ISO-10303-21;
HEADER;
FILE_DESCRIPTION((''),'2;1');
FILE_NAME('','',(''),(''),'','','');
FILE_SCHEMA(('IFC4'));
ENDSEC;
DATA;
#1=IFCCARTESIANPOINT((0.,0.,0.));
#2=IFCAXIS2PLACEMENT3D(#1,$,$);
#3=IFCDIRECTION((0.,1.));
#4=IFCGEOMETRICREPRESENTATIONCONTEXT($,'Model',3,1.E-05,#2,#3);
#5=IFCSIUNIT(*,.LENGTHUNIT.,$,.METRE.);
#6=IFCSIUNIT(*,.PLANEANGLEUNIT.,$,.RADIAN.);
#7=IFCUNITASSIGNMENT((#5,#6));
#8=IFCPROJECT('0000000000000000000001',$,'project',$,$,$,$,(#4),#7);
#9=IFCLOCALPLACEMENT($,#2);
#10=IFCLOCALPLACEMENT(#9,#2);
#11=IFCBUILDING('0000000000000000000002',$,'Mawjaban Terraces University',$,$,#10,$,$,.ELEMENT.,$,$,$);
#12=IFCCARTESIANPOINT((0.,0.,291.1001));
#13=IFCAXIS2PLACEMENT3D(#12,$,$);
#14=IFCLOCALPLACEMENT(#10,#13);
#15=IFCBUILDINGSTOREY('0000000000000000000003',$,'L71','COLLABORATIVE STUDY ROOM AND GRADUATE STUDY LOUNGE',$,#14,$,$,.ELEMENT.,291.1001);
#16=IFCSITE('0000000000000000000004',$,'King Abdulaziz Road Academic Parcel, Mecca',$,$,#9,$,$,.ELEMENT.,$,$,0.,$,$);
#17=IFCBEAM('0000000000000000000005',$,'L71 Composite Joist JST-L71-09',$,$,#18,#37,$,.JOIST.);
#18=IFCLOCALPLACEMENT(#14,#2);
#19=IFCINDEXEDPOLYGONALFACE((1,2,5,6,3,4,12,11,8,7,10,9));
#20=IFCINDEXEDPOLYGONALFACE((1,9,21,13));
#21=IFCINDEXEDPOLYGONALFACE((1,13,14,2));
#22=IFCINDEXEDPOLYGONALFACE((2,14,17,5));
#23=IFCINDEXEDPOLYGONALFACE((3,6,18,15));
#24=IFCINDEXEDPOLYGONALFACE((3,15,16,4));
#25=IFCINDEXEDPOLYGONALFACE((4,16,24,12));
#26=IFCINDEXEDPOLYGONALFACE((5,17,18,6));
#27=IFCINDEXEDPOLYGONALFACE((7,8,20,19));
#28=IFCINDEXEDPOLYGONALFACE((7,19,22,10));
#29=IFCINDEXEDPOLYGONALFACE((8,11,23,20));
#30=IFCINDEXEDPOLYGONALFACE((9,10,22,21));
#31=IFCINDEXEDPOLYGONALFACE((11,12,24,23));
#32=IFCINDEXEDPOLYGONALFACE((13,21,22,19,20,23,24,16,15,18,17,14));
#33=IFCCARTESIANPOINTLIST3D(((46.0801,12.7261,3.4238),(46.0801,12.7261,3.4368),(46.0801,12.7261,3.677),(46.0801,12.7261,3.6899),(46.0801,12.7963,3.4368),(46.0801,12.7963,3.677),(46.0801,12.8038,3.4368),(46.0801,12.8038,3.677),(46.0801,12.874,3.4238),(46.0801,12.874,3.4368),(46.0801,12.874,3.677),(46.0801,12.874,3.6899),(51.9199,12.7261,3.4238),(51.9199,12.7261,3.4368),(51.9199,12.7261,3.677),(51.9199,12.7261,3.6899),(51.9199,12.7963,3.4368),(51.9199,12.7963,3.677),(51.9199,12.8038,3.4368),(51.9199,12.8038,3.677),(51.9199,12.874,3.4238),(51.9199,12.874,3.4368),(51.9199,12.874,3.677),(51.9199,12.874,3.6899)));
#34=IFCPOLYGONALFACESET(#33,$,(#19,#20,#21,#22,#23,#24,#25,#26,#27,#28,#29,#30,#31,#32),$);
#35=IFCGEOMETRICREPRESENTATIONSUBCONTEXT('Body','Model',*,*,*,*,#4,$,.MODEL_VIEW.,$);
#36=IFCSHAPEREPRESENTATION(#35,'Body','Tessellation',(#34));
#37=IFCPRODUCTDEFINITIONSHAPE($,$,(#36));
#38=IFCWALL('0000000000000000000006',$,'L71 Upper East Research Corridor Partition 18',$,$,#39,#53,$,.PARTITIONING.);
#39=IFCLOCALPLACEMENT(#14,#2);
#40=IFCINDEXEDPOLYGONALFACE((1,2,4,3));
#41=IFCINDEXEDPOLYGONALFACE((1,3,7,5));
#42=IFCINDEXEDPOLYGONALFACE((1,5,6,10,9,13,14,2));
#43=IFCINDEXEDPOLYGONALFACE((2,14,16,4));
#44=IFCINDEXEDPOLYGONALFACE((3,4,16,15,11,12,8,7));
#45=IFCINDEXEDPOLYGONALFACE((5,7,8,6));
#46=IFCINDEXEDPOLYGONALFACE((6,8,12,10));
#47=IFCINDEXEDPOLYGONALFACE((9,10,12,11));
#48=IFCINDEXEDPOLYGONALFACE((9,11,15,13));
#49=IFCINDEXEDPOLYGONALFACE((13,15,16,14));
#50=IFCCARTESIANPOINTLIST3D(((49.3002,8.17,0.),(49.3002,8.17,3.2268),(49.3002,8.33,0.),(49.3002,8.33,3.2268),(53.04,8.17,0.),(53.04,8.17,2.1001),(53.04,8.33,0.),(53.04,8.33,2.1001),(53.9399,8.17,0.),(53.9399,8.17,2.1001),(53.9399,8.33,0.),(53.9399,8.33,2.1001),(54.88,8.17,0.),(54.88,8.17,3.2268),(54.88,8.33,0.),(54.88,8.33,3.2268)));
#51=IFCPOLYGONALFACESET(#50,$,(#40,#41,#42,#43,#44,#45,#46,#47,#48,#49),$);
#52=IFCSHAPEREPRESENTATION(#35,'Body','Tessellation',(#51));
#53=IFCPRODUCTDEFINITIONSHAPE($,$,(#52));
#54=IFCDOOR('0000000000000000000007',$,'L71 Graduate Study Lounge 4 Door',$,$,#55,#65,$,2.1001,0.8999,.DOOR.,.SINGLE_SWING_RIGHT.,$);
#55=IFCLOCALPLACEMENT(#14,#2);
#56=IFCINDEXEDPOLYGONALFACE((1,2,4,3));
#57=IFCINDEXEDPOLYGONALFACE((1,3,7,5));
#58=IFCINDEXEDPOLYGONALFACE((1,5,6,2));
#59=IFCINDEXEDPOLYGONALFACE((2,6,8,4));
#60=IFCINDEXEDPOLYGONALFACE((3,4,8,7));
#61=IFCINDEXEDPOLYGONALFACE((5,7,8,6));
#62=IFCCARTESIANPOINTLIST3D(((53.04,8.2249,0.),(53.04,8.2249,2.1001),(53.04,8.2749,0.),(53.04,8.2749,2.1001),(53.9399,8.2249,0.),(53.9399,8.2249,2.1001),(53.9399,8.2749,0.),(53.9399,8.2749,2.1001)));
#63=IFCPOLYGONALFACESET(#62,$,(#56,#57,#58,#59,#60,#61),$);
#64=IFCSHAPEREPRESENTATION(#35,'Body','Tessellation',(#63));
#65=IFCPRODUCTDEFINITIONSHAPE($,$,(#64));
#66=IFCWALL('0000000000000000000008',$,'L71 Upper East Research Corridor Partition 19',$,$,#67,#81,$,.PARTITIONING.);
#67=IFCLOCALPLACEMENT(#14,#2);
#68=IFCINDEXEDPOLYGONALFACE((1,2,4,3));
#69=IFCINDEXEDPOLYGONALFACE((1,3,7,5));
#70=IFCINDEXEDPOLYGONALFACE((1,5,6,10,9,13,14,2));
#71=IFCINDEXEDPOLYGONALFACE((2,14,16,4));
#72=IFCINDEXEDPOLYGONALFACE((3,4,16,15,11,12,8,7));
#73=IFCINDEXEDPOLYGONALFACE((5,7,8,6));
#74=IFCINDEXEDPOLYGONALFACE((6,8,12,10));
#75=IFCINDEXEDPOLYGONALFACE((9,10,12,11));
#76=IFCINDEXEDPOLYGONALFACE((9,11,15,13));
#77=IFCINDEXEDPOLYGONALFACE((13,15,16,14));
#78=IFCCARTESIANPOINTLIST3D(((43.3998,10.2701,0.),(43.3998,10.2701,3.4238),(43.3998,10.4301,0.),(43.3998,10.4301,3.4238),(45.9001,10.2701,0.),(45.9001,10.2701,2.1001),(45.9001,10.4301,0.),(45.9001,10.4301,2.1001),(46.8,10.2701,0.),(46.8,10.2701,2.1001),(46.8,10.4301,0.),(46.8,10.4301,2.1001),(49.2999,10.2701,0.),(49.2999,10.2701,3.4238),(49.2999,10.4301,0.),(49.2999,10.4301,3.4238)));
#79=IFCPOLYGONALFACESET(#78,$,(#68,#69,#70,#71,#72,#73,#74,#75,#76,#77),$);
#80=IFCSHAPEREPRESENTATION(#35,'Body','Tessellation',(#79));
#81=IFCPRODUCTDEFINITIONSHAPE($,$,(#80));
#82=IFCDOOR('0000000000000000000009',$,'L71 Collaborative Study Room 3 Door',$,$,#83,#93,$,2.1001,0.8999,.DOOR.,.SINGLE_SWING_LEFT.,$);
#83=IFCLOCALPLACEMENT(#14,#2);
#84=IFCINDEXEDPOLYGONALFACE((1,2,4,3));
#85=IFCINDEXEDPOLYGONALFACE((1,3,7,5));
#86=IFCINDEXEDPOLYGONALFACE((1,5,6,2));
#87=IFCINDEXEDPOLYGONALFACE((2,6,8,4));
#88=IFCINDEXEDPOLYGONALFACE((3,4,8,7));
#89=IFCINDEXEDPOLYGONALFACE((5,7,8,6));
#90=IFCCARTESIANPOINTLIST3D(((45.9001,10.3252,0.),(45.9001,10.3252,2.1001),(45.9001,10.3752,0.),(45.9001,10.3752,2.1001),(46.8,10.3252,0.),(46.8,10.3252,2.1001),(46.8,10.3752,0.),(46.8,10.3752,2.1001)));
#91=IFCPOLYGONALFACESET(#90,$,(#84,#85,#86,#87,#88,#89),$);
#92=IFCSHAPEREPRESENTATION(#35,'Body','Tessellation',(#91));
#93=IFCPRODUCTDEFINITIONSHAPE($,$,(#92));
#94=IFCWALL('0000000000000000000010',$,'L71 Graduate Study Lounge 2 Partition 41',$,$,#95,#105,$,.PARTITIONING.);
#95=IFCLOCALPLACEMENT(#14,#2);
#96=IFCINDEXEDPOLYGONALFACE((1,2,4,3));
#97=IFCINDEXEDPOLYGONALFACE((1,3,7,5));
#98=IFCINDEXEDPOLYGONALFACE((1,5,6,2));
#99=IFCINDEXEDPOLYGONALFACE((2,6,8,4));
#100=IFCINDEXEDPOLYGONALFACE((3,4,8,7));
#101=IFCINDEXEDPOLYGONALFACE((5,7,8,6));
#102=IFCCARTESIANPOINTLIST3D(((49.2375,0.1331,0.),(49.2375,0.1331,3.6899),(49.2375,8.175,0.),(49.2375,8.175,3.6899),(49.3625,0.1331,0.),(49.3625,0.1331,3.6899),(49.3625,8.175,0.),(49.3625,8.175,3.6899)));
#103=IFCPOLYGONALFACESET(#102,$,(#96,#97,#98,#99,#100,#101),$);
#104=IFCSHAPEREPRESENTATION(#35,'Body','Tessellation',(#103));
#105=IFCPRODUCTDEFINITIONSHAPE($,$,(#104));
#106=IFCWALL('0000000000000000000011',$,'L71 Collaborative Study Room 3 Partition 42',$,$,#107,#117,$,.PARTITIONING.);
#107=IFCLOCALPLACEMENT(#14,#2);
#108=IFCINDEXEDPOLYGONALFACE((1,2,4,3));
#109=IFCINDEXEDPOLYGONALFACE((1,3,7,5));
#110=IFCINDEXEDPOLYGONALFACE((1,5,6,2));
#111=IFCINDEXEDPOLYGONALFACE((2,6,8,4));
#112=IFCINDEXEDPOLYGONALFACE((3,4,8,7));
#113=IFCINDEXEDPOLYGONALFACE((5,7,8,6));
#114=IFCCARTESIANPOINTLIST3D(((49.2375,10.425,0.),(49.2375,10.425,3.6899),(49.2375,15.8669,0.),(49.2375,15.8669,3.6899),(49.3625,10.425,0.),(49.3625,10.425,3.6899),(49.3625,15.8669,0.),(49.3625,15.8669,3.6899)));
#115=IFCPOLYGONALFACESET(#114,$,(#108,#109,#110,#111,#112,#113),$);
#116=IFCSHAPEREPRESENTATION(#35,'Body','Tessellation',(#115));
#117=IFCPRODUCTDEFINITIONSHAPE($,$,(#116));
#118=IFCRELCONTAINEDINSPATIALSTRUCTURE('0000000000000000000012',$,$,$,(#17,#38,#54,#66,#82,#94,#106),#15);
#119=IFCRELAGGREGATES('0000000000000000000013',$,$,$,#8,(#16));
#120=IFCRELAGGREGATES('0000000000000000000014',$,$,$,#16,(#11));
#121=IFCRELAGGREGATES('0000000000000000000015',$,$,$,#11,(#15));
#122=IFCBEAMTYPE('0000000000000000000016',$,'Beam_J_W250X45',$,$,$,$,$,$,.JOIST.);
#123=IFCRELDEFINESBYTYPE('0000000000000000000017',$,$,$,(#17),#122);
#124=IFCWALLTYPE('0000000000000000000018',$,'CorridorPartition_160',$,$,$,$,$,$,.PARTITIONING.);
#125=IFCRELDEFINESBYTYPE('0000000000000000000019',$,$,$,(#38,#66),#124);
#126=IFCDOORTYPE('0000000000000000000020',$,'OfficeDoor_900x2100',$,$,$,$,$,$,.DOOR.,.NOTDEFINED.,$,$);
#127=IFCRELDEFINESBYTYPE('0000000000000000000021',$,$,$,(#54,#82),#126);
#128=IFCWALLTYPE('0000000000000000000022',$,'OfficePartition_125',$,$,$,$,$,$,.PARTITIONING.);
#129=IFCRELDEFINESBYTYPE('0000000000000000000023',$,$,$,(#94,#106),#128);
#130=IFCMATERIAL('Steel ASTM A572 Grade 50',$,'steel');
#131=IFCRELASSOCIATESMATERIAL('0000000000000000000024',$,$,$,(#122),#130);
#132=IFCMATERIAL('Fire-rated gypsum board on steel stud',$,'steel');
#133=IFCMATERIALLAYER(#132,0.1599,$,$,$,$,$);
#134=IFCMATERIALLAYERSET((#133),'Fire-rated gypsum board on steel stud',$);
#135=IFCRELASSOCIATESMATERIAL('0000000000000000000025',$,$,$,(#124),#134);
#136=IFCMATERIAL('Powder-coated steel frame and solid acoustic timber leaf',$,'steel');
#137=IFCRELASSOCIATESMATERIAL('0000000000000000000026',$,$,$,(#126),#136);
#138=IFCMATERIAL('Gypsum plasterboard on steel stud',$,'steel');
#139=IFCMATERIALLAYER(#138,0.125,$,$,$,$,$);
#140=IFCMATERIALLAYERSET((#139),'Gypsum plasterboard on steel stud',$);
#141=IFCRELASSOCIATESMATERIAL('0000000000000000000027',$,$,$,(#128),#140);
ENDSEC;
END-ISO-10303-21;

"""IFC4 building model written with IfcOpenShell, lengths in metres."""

from ifc_helpers import new_model, si_unit, direction, frame, frame_2d, origin, origin_2d, place, context, subcontext, project, spatial, rectangle, i_section, extrude, material, layer, layer_set, material_profile, profile_set, type_object, element, fill, save


model = new_model("IFC4")

# Units and contexts
model_context = context("Model", 3, precision=1e-05, world=origin(), true_north=direction((0.0, 1.0)))
body_context = subcontext(model_context, "Body", "Model", "MODEL_VIEW")
ifc_project = project(units=[si_unit("LENGTHUNIT", "METRE"), si_unit("PLANEANGLEUNIT", "RADIAN")], contexts=[model_context])

# Site, building, storey
site_placement = place(None, origin())
site = spatial("IfcSite", under=ifc_project, at=site_placement, Name="King Abdulaziz Road Academic Parcel, Mecca", CompositionType="ELEMENT", RefElevation=0.0)
building_placement = place(site_placement, origin())
building = spatial("IfcBuilding", under=site, at=building_placement, Name="Mawjaban Terraces University", CompositionType="ELEMENT")
storey_placement = place(building_placement, frame((0.0, 0.0, 291.1001)))
storey = spatial("IfcBuildingStorey", under=building, at=storey_placement, Name="L71", Description="COLLABORATIVE STUDY ROOM AND GRADUATE STUDY LOUNGE", CompositionType="ELEMENT", Elevation=291.1001)

# Beam
ifc_material_1 = material(Name="Steel ASTM A572 Grade 50", Category="steel")
ifc_material_profile_1 = material_profile(ifc_material_1, i_section(OverallWidth=0.1479, OverallDepth=0.2661, WebThickness=0.0076, FlangeThickness=0.0129, at=origin_2d()), Name="W250X45")
ifc_profile_set_1 = profile_set([ifc_material_profile_1], Name="Steel ASTM A572 Grade 50")
beam_type_1 = type_object("IfcBeamType", Name="Beam_J_W250X45", PredefinedType="JOIST", material=ifc_profile_set_1)
for number, where, z_axis, x_axis, name in (
    (1, (46.0801, 12.8, 3.5569), (1.0, 0.0, 0.0), (0.0, 1.0, 0.0), "L71 Composite Joist JST-L71-09"),
):
    element("IfcBeam", number, at=place(storey_placement, frame(where, z_axis=z_axis, x_axis=x_axis)), inside=storey, type_object=beam_type_1, Name=name, PredefinedType="JOIST", context=body_context, shape_type="SweptSolid", body=[
        extrude(i_section(OverallWidth=0.1479, OverallDepth=0.2661, WebThickness=0.0076, FlangeThickness=0.0129, at=origin_2d()), origin(), (0.0, 0.0, 1.0), 5.8398),
    ])

# Walls, openings, doors
ifc_material_2 = material(Name="Fire-rated gypsum board on steel stud", Category="steel")
ifc_layer_1 = layer(ifc_material_2, 0.1599)
ifc_layer_set_1 = layer_set([ifc_layer_1], Name="Fire-rated gypsum board on steel stud")
wall_type_1 = type_object("IfcWallType", Name="CorridorPartition_160", PredefinedType="PARTITIONING", material=ifc_layer_set_1)
wall_1_placement = place(storey_placement, frame((49.3, 8.25, 0.0), z_axis=(0.0, 0.0, 1.0), x_axis=(1.0, 0.0, 0.0)))
wall_1 = element("IfcWall", 2, at=wall_1_placement, inside=storey, type_object=wall_type_1, Name="L71 Upper East Research Corridor Partition 18", PredefinedType="PARTITIONING", context=body_context, shape_type="SweptSolid", body=[
    extrude(rectangle(XDim=5.5798, YDim=0.1599, at=frame_2d((2.79, 0.0))), origin(), (0.0, 0.0, 1.0), 3.2268),
])
opening_1_placement = place(wall_1_placement, frame((3.74, 0.0, 0.0)))
opening_1 = element("IfcOpeningElement", 3, at=opening_1_placement, cuts=wall_1, PredefinedType="OPENING", context=body_context, shape_type="SweptSolid", body=[
    extrude(rectangle(XDim=0.8999, YDim=2.1001, at=frame_2d((0.45, 1.05))), frame((0.0, 0.0898, 0.0), z_axis=(0.0, -1.0, 0.0), x_axis=(1.0, 0.0, 0.0)), (0.0, 0.0, 1.0), 0.1799),
])
ifc_material_3 = material(Name="Powder-coated steel frame and solid acoustic timber leaf", Category="steel")
door_type = type_object("IfcDoorType", Name="OfficeDoor_900x2100", OperationType="NOTDEFINED", PredefinedType="DOOR", material=ifc_material_3)
door_1_placement = place(opening_1_placement, origin())
door_1 = element("IfcDoor", 4, at=door_1_placement, inside=storey, type_object=door_type, Name="L71 Graduate Study Lounge 4 Door", OperationType="SINGLE_SWING_RIGHT", OverallHeight=2.1001, OverallWidth=0.8999, PredefinedType="DOOR", context=body_context, shape_type="SweptSolid", body=[
    extrude(rectangle(XDim=0.8999, YDim=2.1001, at=frame_2d((0.45, 1.05))), frame((0.0, 0.0249, 0.0), z_axis=(0.0, -1.0, 0.0), x_axis=(1.0, 0.0, 0.0)), (0.0, 0.0, 1.0), 0.05),
])
fill(opening_1, door_1)
wall_2_placement = place(storey_placement, frame((49.3, 10.3501, 0.0), z_axis=(0.0, 0.0, 1.0), x_axis=(-1.0, 0.0, 0.0)))
wall_2 = element("IfcWall", 5, at=wall_2_placement, inside=storey, type_object=wall_type_1, Name="L71 Upper East Research Corridor Partition 19", PredefinedType="PARTITIONING", context=body_context, shape_type="SweptSolid", body=[
    extrude(rectangle(XDim=5.9001, YDim=0.1599, at=frame_2d((2.9502, 0.0))), origin(), (0.0, 0.0, 1.0), 3.4238),
])
opening_2_placement = place(wall_2_placement, frame((2.5, 0.0, 0.0)))
opening_2 = element("IfcOpeningElement", 6, at=opening_2_placement, cuts=wall_2, PredefinedType="OPENING", context=body_context, shape_type="SweptSolid", body=[
    extrude(rectangle(XDim=0.8999, YDim=2.1001, at=frame_2d((0.45, 1.05))), frame((0.0, 0.0898, 0.0), z_axis=(0.0, -1.0, 0.0), x_axis=(1.0, 0.0, 0.0)), (0.0, 0.0, 1.0), 0.1799),
])
door_2_placement = place(opening_2_placement, origin())
door_2 = element("IfcDoor", 7, at=door_2_placement, inside=storey, type_object=door_type, Name="L71 Collaborative Study Room 3 Door", OperationType="SINGLE_SWING_LEFT", OverallHeight=2.1001, OverallWidth=0.8999, PredefinedType="DOOR", context=body_context, shape_type="SweptSolid", body=[
    extrude(rectangle(XDim=0.8999, YDim=2.1001, at=frame_2d((0.45, 1.05))), frame((0.0, 0.0249, 0.0), z_axis=(0.0, -1.0, 0.0), x_axis=(1.0, 0.0, 0.0)), (0.0, 0.0, 1.0), 0.05),
])
fill(opening_2, door_2)

# Walls
ifc_material_4 = material(Name="Gypsum plasterboard on steel stud", Category="steel")
ifc_layer_2 = layer(ifc_material_4, 0.125)
ifc_layer_set_2 = layer_set([ifc_layer_2], Name="Gypsum plasterboard on steel stud")
wall_type_2 = type_object("IfcWallType", Name="OfficePartition_125", PredefinedType="PARTITIONING", material=ifc_layer_set_2)
wall_3_placement = place(storey_placement, frame((49.3, 0.1331, 0.0), z_axis=(0.0, 0.0, 1.0), x_axis=(0.0, 1.0, 0.0)))
element("IfcWall", 8, at=wall_3_placement, inside=storey, type_object=wall_type_2, Name="L71 Graduate Study Lounge 2 Partition 41", PredefinedType="PARTITIONING", context=body_context, shape_type="SweptSolid", body=[
    extrude(rectangle(XDim=8.042, YDim=0.125, at=frame_2d((4.021, 0.0))), origin(), (0.0, 0.0, 1.0), 3.6899),
])
wall_4_placement = place(storey_placement, frame((49.3, 10.425, 0.0), z_axis=(0.0, 0.0, 1.0), x_axis=(0.0, 1.0, 0.0)))
element("IfcWall", 9, at=wall_4_placement, inside=storey, type_object=wall_type_2, Name="L71 Collaborative Study Room 3 Partition 42", PredefinedType="PARTITIONING", context=body_context, shape_type="SweptSolid", body=[
    extrude(rectangle(XDim=5.4419, YDim=0.125, at=frame_2d((2.7209, 0.0))), origin(), (0.0, 0.0, 1.0), 3.6899),
])

save(model, "model.ifc")
